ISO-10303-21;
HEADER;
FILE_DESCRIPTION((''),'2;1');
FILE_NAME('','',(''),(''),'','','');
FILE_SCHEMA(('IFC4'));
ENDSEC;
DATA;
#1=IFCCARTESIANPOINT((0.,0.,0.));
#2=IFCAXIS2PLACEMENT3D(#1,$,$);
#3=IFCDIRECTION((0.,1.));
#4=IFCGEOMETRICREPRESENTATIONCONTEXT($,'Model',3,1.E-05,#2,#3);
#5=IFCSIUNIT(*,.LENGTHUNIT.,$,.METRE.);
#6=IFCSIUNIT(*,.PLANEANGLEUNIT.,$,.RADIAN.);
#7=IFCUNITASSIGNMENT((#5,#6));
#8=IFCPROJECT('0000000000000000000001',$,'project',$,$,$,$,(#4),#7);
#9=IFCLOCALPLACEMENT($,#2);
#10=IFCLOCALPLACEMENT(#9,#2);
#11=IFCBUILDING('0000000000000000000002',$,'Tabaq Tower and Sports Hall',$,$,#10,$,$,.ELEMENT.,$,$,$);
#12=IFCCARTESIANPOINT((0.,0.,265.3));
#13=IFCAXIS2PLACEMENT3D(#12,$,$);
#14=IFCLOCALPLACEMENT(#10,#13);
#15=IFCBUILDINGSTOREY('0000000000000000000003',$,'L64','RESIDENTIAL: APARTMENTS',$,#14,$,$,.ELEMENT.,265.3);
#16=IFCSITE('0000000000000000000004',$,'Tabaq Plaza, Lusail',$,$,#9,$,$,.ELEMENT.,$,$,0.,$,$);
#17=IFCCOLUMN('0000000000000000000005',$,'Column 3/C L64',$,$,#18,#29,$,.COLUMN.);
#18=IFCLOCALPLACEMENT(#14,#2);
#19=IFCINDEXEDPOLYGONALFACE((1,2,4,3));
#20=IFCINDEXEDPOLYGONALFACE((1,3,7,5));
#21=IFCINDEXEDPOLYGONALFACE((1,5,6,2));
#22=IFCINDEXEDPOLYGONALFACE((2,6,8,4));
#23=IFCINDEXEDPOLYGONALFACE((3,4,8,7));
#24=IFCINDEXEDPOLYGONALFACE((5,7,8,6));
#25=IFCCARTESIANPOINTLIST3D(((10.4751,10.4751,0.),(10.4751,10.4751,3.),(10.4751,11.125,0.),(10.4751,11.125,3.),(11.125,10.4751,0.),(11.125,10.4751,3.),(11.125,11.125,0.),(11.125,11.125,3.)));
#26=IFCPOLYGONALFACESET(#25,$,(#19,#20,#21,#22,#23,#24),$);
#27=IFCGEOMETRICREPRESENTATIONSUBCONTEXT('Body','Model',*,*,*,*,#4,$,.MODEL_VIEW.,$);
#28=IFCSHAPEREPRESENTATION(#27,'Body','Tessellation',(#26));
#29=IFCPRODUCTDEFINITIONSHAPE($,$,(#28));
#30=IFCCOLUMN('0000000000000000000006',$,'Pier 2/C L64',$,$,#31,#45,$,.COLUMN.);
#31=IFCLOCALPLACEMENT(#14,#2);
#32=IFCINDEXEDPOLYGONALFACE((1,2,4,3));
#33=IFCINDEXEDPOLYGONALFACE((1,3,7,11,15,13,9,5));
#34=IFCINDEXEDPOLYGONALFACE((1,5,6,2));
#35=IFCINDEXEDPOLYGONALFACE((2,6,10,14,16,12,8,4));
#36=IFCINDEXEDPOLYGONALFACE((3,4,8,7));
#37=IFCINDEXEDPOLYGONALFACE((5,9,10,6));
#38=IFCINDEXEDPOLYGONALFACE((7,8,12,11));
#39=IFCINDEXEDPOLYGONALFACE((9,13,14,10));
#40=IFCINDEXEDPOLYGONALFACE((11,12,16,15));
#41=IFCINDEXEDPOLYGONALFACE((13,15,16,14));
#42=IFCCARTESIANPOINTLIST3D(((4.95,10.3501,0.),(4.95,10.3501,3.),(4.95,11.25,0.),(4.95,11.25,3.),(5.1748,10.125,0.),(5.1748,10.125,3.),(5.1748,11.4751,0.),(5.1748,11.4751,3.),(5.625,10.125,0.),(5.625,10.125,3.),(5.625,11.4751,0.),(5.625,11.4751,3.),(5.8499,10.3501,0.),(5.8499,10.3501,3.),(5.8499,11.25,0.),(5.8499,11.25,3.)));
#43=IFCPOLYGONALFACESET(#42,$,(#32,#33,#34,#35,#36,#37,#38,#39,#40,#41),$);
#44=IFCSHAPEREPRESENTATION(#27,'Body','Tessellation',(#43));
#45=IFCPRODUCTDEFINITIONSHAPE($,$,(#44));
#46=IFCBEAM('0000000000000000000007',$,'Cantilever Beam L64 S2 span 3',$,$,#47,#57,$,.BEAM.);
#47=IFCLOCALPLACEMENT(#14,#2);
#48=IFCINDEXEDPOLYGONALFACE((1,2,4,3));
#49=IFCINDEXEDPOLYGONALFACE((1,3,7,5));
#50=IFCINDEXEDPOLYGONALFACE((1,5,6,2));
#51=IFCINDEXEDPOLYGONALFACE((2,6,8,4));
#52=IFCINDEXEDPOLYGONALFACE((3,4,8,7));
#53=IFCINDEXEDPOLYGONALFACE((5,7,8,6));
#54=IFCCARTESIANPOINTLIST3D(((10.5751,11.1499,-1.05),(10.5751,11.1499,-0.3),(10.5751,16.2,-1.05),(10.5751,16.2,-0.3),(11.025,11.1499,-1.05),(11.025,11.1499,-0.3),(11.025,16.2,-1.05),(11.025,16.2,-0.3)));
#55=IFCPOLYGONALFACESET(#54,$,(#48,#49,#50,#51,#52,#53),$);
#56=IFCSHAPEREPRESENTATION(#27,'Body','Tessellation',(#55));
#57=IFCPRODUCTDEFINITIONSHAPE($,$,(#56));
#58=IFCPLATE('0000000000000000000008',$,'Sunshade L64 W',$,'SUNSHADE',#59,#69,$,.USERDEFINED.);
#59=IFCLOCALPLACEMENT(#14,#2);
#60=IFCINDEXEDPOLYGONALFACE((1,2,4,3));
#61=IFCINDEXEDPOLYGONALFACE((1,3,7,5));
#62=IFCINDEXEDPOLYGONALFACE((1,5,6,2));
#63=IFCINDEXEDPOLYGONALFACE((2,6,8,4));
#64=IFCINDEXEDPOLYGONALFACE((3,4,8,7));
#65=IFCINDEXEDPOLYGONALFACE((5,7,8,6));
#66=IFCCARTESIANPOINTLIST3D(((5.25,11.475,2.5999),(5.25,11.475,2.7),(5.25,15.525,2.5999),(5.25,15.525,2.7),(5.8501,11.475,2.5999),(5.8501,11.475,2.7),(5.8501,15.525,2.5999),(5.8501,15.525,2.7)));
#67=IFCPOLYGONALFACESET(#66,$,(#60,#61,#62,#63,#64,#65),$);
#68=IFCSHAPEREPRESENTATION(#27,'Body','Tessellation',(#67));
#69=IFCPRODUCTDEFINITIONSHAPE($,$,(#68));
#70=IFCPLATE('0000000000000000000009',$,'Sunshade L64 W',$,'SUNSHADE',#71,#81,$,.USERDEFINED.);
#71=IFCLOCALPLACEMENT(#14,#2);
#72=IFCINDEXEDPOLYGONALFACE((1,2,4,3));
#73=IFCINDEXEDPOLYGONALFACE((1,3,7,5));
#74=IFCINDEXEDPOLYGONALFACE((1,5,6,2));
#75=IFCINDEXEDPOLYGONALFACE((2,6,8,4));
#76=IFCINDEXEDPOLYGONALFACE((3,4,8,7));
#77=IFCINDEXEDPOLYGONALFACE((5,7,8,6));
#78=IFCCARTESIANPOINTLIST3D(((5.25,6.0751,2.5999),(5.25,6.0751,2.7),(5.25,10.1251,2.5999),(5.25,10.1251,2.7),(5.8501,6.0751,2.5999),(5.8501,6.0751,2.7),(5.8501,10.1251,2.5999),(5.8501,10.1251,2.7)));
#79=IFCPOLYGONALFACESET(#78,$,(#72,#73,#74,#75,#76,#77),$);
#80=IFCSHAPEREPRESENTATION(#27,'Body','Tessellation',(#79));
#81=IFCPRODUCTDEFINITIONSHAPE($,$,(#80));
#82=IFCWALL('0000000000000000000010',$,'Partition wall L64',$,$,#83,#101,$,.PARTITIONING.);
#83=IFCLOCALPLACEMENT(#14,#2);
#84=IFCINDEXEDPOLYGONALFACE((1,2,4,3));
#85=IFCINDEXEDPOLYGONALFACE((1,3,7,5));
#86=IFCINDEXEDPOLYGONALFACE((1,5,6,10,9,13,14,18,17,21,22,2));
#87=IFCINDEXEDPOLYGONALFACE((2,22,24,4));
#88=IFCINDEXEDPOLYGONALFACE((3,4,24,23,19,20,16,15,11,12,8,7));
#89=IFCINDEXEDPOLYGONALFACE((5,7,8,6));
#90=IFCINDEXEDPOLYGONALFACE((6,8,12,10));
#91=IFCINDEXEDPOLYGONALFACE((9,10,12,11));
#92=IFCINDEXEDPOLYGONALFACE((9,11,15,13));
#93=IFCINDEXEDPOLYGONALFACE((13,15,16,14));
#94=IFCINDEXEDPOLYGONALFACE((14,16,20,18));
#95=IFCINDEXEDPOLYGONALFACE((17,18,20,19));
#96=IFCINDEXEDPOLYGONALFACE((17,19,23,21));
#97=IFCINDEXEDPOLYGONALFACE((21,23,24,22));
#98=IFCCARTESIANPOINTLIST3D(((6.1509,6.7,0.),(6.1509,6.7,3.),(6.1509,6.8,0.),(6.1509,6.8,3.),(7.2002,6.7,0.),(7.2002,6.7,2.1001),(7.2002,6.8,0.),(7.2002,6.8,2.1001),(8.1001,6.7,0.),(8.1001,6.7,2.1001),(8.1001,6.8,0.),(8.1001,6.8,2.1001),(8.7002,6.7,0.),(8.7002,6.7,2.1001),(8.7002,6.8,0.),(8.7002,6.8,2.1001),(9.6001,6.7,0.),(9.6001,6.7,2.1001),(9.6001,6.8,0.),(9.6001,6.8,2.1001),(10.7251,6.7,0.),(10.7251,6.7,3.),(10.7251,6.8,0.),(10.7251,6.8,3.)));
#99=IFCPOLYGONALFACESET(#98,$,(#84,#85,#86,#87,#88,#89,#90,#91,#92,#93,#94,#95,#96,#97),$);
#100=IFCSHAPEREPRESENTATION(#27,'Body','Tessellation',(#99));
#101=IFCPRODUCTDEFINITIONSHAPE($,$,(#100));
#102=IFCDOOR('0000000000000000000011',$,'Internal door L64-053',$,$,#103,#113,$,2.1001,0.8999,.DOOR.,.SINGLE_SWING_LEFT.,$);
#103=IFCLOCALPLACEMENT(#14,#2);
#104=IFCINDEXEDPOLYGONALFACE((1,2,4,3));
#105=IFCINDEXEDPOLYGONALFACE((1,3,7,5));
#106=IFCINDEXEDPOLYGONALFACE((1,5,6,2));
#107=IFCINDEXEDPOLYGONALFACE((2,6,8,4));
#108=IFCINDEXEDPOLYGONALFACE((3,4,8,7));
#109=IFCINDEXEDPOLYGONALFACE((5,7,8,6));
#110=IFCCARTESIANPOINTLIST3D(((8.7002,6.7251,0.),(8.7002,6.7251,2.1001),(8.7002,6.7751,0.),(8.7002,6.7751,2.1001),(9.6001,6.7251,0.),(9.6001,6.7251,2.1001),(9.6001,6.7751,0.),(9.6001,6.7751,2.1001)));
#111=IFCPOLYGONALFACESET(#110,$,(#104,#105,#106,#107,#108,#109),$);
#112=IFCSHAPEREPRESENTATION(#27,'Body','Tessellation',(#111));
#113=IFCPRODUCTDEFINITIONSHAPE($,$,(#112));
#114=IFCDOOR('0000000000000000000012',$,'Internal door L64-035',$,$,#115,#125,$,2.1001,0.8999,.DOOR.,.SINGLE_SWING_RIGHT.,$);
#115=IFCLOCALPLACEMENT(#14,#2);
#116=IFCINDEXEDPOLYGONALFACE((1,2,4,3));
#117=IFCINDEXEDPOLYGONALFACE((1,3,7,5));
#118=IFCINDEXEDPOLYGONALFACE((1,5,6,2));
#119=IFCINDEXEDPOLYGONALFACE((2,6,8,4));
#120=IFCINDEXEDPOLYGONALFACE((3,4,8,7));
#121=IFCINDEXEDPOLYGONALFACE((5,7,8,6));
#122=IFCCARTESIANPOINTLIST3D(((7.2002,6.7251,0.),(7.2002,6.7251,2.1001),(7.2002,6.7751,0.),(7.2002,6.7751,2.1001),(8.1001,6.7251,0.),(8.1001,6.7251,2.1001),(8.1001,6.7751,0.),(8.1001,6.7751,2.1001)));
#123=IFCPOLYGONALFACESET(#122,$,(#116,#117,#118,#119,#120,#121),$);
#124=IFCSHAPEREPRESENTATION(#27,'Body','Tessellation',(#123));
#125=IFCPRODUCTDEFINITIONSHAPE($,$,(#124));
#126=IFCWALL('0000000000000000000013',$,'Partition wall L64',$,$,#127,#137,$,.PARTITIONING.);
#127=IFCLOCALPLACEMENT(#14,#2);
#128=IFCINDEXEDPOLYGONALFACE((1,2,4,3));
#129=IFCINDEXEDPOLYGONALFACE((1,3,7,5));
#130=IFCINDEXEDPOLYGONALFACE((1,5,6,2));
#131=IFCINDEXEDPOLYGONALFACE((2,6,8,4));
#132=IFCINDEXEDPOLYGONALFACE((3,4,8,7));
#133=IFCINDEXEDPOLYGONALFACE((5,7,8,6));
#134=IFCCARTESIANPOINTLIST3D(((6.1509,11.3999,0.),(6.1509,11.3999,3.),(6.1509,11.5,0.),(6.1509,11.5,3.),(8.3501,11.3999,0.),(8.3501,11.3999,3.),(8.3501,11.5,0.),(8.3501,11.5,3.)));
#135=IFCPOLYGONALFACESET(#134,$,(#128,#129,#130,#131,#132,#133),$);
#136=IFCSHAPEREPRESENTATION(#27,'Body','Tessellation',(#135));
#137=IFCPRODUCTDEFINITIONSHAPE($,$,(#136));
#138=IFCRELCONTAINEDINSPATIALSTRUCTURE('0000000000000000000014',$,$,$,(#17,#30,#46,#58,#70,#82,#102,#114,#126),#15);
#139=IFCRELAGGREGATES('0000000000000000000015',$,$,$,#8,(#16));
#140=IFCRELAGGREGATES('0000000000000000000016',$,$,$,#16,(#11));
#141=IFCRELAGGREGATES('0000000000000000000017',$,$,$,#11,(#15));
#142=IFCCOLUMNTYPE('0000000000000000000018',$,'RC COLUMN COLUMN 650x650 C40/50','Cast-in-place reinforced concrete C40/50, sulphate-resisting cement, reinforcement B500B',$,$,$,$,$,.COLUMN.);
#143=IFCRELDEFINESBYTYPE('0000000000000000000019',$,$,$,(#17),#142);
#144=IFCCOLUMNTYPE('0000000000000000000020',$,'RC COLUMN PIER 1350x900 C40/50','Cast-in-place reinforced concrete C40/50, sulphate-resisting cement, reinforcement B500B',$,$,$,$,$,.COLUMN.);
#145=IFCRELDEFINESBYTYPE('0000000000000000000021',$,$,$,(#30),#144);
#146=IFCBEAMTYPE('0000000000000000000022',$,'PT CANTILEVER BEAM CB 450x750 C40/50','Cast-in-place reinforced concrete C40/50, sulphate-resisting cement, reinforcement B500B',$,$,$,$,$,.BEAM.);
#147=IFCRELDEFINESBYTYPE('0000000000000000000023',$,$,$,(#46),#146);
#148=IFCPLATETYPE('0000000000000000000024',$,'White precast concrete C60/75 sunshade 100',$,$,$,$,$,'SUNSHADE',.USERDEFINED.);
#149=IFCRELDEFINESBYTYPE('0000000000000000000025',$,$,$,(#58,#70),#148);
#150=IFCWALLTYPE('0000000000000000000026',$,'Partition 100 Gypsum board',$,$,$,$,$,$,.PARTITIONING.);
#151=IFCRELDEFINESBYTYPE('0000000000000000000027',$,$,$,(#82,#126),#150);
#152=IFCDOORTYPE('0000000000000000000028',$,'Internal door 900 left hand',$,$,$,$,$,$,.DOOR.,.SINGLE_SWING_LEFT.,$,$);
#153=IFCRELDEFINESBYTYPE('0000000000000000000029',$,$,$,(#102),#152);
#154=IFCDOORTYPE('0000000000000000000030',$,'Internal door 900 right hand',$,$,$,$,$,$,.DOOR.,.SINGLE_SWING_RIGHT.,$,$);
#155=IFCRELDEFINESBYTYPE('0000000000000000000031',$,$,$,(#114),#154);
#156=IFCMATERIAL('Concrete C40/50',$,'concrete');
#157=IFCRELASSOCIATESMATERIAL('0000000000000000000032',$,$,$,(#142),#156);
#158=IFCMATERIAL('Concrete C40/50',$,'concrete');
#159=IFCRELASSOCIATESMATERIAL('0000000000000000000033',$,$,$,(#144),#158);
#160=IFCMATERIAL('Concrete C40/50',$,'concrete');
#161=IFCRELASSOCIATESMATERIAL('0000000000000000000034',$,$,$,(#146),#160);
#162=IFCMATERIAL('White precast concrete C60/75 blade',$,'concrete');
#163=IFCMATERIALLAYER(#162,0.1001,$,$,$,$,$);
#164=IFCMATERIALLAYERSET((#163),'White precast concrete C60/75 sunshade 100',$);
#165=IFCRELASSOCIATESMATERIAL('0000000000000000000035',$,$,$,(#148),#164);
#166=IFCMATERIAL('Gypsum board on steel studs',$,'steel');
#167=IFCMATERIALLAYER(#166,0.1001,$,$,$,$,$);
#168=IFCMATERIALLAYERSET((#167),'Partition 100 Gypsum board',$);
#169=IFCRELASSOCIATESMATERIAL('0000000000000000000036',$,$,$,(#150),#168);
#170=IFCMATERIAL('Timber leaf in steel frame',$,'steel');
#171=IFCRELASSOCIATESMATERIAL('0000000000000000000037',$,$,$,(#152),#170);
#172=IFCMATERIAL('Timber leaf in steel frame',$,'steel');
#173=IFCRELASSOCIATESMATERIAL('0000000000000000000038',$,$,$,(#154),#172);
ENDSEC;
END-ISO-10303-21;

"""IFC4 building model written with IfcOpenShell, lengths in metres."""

from ifc_helpers import new_model, si_unit, direction, frame, frame_2d, origin, origin_2d, place, context, subcontext, project, spatial, polyline, rectangle, outline, extrude, material, layer, layer_set, material_profile, profile_set, type_object, element, fill, save


model = new_model("IFC4")

# Units and contexts
model_context = context("Model", 3, precision=1e-05, world=origin(), true_north=direction((0.0, 1.0)))
body_context = subcontext(model_context, "Body", "Model", "MODEL_VIEW")
ifc_project = project(units=[si_unit("LENGTHUNIT", "METRE"), si_unit("PLANEANGLEUNIT", "RADIAN")], contexts=[model_context])

# Site, building, storey
site_placement = place(None, origin())
site = spatial("IfcSite", under=ifc_project, at=site_placement, Name="Tabaq Plaza, Lusail", CompositionType="ELEMENT", RefElevation=0.0)
building_placement = place(site_placement, origin())
building = spatial("IfcBuilding", under=site, at=building_placement, Name="Tabaq Tower and Sports Hall", CompositionType="ELEMENT")
storey_placement = place(building_placement, frame((0.0, 0.0, 265.3)))
storey = spatial("IfcBuildingStorey", under=building, at=storey_placement, Name="L64", Description="RESIDENTIAL: APARTMENTS", CompositionType="ELEMENT", Elevation=265.3)

# Columns
ifc_material_1 = material(Name="Concrete C40/50", Category="concrete")
ifc_material_profile_1 = material_profile(ifc_material_1, rectangle(XDim=0.6499, YDim=0.6499, at=origin_2d()), Name="COLUMN 650x650")
ifc_profile_set_1 = profile_set([ifc_material_profile_1], Name="Concrete C40/50")
column_type_1 = type_object("IfcColumnType", Name="RC COLUMN COLUMN 650x650 C40/50", Description="Cast-in-place reinforced concrete C40/50, sulphate-resisting cement, reinforcement B500B", PredefinedType="COLUMN", material=ifc_profile_set_1)
column_1_placement = place(storey_placement, frame((10.8, 10.8, 0.0), z_axis=(0.0, 0.0, 1.0), x_axis=(1.0, 0.0, 0.0)))
element("IfcColumn", 1, at=column_1_placement, inside=storey, type_object=column_type_1, Name="Column 3/C L64", PredefinedType="COLUMN", context=body_context, shape_type="SweptSolid", body=[
    extrude(rectangle(XDim=0.6499, YDim=0.6499, at=origin_2d()), origin(), (0.0, 0.0, 1.0), 3.0),
])
ifc_material_2 = material(Name="Concrete C40/50", Category="concrete")
ifc_material_profile_2 = material_profile(ifc_material_2, outline(polyline([(-0.45, -0.45), (0.45, -0.45), (0.675, -0.2251), (0.675, 0.2251), (0.45, 0.45), (-0.45, 0.45), (-0.675, 0.2251), (-0.675, -0.2251), (-0.45, -0.45)])), Name="PIER 1350x900")
ifc_profile_set_2 = profile_set([ifc_material_profile_2], Name="Concrete C40/50")
column_type_2 = type_object("IfcColumnType", Name="RC COLUMN PIER 1350x900 C40/50", Description="Cast-in-place reinforced concrete C40/50, sulphate-resisting cement, reinforcement B500B", PredefinedType="COLUMN", material=ifc_profile_set_2)
column_2_placement = place(storey_placement, frame((5.3999, 10.8, 0.0), z_axis=(0.0, 0.0, 1.0), x_axis=(0.0, 1.0, 0.0)))
element("IfcColumn", 2, at=column_2_placement, inside=storey, type_object=column_type_2, Name="Pier 2/C L64", PredefinedType="COLUMN", context=body_context, shape_type="SweptSolid", body=[
    extrude(outline(polyline([(-0.45, -0.45), (0.45, -0.45), (0.675, -0.2251), (0.675, 0.2251), (0.45, 0.45), (-0.45, 0.45), (-0.675, 0.2251), (-0.675, -0.2251), (-0.45, -0.45)])), origin(), (0.0, 0.0, 1.0), 3.0),
])

# Beam
ifc_material_3 = material(Name="Concrete C40/50", Category="concrete")
ifc_material_profile_3 = material_profile(ifc_material_3, rectangle(XDim=0.45, YDim=0.75, at=origin_2d()), Name="CB 450x750")
ifc_profile_set_3 = profile_set([ifc_material_profile_3], Name="Concrete C40/50")
beam_type = type_object("IfcBeamType", Name="PT CANTILEVER BEAM CB 450x750 C40/50", Description="Cast-in-place reinforced concrete C40/50, sulphate-resisting cement, reinforcement B500B", PredefinedType="BEAM", material=ifc_profile_set_3)
beam_placement = place(storey_placement, frame((10.8, 11.1499, -0.675), z_axis=(0.0, 1.0, 0.0), x_axis=(-1.0, 0.0, 0.0)))
element("IfcBeam", 3, at=beam_placement, inside=storey, type_object=beam_type, Name="Cantilever Beam L64 S2 span 3", PredefinedType="BEAM", context=body_context, shape_type="SweptSolid", body=[
    extrude(rectangle(XDim=0.45, YDim=0.75, at=origin_2d()), origin(), (0.0, 0.0, 1.0), 5.05),
])

# Plates
ifc_material_4 = material(Name="White precast concrete C60/75 blade", Category="concrete")
ifc_layer_1 = layer(ifc_material_4, 0.1001)
ifc_layer_set_1 = layer_set([ifc_layer_1], Name="White precast concrete C60/75 sunshade 100")
plate_type = type_object("IfcPlateType", Name="White precast concrete C60/75 sunshade 100", ElementType="SUNSHADE", PredefinedType="USERDEFINED", material=ifc_layer_set_1)
for number, where, z_axis, x_axis, name in (
    (4, (5.55, 13.5, 2.5999), (0.0, 0.0, 1.0), (0.0, -1.0, 0.0), "Sunshade L64 W"),
    (5, (5.55, 8.1001, 2.5999), (0.0, 0.0, 1.0), (0.0, -1.0, 0.0), "Sunshade L64 W"),
):
    element("IfcPlate", number, at=place(storey_placement, frame(where, z_axis=z_axis, x_axis=x_axis)), inside=storey, type_object=plate_type, Name=name, ObjectType="SUNSHADE", PredefinedType="USERDEFINED", context=body_context, shape_type="SweptSolid", body=[
        extrude(rectangle(XDim=4.05, YDim=0.6001, at=origin_2d()), origin(), (0.0, 0.0, 1.0), 0.1001),
    ])

# Wall, openings, doors
ifc_material_5 = material(Name="Gypsum board on steel studs", Category="steel")
ifc_layer_2 = layer(ifc_material_5, 0.1001)
ifc_layer_set_2 = layer_set([ifc_layer_2], Name="Partition 100 Gypsum board")
wall_type_1 = type_object("IfcWallType", Name="Partition 100 Gypsum board", PredefinedType="PARTITIONING", material=ifc_layer_set_2)
wall_1_placement = place(storey_placement, frame((10.7251, 6.75, 0.0), z_axis=(0.0, 0.0, 1.0), x_axis=(-1.0, 0.0, 0.0)))
wall_1 = element("IfcWall", 6, at=wall_1_placement, inside=storey, type_object=wall_type_1, Name="Partition wall L64", PredefinedType="PARTITIONING", context=body_context, shape_type="SweptSolid", body=[
    extrude(rectangle(XDim=4.5742, YDim=0.1001, at=frame_2d((2.2871, 0.0))), origin(), (0.0, 0.0, 1.0), 3.0),
])
opening_1_placement = place(wall_1_placement, frame((2.625, 0.0, 0.0)))
opening_1 = element("IfcOpeningElement", 7, at=opening_1_placement, cuts=wall_1, PredefinedType="OPENING", context=body_context, shape_type="SweptSolid", body=[
    extrude(rectangle(XDim=0.8999, YDim=2.1001, at=frame_2d((0.45, 1.05))), frame((0.0, 0.05, 0.0), z_axis=(0.0, -1.0, 0.0), x_axis=(1.0, 0.0, 0.0)), (0.0, 0.0, 1.0), 0.1001),
])
opening_2_placement = place(wall_1_placement, frame((1.125, 0.0, 0.0)))
opening_2 = element("IfcOpeningElement", 8, at=opening_2_placement, cuts=wall_1, PredefinedType="OPENING", context=body_context, shape_type="SweptSolid", body=[
    extrude(rectangle(XDim=0.8999, YDim=2.1001, at=frame_2d((0.45, 1.05))), frame((0.0, 0.05, 0.0), z_axis=(0.0, -1.0, 0.0), x_axis=(1.0, 0.0, 0.0)), (0.0, 0.0, 1.0), 0.1001),
])
ifc_material_6 = material(Name="Timber leaf in steel frame", Category="steel")
door_type_1 = type_object("IfcDoorType", Name="Internal door 900 left hand", OperationType="SINGLE_SWING_LEFT", PredefinedType="DOOR", material=ifc_material_6)
door_1_placement = place(opening_2_placement, origin())
door_1 = element("IfcDoor", 9, at=door_1_placement, inside=storey, type_object=door_type_1, Name="Internal door L64-053", OperationType="SINGLE_SWING_LEFT", OverallHeight=2.1001, OverallWidth=0.8999, PredefinedType="DOOR", context=body_context, shape_type="SweptSolid", body=[
    extrude(rectangle(XDim=0.8999, YDim=2.1001, at=frame_2d((0.45, 1.05))), frame((0.0, 0.0249, 0.0), z_axis=(0.0, -1.0, 0.0), x_axis=(1.0, 0.0, 0.0)), (0.0, 0.0, 1.0), 0.05),
])
fill(opening_2, door_1)
ifc_material_7 = material(Name="Timber leaf in steel frame", Category="steel")
door_type_2 = type_object("IfcDoorType", Name="Internal door 900 right hand", OperationType="SINGLE_SWING_RIGHT", PredefinedType="DOOR", material=ifc_material_7)
door_2_placement = place(opening_1_placement, origin())
door_2 = element("IfcDoor", 10, at=door_2_placement, inside=storey, type_object=door_type_2, Name="Internal door L64-035", OperationType="SINGLE_SWING_RIGHT", OverallHeight=2.1001, OverallWidth=0.8999, PredefinedType="DOOR", context=body_context, shape_type="SweptSolid", body=[
    extrude(rectangle(XDim=0.8999, YDim=2.1001, at=frame_2d((0.45, 1.05))), frame((0.0, 0.0249, 0.0), z_axis=(0.0, -1.0, 0.0), x_axis=(1.0, 0.0, 0.0)), (0.0, 0.0, 1.0), 0.05),
])
fill(opening_1, door_2)

# Wall
wall_2_placement = place(storey_placement, frame((8.3501, 11.45, 0.0), z_axis=(0.0, 0.0, 1.0), x_axis=(-1.0, 0.0, 0.0)))
element("IfcWall", 11, at=wall_2_placement, inside=storey, type_object=wall_type_1, Name="Partition wall L64", PredefinedType="PARTITIONING", context=body_context, shape_type="SweptSolid", body=[
    extrude(rectangle(XDim=2.1992, YDim=0.1001, at=frame_2d((1.0996, 0.0))), origin(), (0.0, 0.0, 1.0), 3.0),
])

save(model, "model.ifc")
